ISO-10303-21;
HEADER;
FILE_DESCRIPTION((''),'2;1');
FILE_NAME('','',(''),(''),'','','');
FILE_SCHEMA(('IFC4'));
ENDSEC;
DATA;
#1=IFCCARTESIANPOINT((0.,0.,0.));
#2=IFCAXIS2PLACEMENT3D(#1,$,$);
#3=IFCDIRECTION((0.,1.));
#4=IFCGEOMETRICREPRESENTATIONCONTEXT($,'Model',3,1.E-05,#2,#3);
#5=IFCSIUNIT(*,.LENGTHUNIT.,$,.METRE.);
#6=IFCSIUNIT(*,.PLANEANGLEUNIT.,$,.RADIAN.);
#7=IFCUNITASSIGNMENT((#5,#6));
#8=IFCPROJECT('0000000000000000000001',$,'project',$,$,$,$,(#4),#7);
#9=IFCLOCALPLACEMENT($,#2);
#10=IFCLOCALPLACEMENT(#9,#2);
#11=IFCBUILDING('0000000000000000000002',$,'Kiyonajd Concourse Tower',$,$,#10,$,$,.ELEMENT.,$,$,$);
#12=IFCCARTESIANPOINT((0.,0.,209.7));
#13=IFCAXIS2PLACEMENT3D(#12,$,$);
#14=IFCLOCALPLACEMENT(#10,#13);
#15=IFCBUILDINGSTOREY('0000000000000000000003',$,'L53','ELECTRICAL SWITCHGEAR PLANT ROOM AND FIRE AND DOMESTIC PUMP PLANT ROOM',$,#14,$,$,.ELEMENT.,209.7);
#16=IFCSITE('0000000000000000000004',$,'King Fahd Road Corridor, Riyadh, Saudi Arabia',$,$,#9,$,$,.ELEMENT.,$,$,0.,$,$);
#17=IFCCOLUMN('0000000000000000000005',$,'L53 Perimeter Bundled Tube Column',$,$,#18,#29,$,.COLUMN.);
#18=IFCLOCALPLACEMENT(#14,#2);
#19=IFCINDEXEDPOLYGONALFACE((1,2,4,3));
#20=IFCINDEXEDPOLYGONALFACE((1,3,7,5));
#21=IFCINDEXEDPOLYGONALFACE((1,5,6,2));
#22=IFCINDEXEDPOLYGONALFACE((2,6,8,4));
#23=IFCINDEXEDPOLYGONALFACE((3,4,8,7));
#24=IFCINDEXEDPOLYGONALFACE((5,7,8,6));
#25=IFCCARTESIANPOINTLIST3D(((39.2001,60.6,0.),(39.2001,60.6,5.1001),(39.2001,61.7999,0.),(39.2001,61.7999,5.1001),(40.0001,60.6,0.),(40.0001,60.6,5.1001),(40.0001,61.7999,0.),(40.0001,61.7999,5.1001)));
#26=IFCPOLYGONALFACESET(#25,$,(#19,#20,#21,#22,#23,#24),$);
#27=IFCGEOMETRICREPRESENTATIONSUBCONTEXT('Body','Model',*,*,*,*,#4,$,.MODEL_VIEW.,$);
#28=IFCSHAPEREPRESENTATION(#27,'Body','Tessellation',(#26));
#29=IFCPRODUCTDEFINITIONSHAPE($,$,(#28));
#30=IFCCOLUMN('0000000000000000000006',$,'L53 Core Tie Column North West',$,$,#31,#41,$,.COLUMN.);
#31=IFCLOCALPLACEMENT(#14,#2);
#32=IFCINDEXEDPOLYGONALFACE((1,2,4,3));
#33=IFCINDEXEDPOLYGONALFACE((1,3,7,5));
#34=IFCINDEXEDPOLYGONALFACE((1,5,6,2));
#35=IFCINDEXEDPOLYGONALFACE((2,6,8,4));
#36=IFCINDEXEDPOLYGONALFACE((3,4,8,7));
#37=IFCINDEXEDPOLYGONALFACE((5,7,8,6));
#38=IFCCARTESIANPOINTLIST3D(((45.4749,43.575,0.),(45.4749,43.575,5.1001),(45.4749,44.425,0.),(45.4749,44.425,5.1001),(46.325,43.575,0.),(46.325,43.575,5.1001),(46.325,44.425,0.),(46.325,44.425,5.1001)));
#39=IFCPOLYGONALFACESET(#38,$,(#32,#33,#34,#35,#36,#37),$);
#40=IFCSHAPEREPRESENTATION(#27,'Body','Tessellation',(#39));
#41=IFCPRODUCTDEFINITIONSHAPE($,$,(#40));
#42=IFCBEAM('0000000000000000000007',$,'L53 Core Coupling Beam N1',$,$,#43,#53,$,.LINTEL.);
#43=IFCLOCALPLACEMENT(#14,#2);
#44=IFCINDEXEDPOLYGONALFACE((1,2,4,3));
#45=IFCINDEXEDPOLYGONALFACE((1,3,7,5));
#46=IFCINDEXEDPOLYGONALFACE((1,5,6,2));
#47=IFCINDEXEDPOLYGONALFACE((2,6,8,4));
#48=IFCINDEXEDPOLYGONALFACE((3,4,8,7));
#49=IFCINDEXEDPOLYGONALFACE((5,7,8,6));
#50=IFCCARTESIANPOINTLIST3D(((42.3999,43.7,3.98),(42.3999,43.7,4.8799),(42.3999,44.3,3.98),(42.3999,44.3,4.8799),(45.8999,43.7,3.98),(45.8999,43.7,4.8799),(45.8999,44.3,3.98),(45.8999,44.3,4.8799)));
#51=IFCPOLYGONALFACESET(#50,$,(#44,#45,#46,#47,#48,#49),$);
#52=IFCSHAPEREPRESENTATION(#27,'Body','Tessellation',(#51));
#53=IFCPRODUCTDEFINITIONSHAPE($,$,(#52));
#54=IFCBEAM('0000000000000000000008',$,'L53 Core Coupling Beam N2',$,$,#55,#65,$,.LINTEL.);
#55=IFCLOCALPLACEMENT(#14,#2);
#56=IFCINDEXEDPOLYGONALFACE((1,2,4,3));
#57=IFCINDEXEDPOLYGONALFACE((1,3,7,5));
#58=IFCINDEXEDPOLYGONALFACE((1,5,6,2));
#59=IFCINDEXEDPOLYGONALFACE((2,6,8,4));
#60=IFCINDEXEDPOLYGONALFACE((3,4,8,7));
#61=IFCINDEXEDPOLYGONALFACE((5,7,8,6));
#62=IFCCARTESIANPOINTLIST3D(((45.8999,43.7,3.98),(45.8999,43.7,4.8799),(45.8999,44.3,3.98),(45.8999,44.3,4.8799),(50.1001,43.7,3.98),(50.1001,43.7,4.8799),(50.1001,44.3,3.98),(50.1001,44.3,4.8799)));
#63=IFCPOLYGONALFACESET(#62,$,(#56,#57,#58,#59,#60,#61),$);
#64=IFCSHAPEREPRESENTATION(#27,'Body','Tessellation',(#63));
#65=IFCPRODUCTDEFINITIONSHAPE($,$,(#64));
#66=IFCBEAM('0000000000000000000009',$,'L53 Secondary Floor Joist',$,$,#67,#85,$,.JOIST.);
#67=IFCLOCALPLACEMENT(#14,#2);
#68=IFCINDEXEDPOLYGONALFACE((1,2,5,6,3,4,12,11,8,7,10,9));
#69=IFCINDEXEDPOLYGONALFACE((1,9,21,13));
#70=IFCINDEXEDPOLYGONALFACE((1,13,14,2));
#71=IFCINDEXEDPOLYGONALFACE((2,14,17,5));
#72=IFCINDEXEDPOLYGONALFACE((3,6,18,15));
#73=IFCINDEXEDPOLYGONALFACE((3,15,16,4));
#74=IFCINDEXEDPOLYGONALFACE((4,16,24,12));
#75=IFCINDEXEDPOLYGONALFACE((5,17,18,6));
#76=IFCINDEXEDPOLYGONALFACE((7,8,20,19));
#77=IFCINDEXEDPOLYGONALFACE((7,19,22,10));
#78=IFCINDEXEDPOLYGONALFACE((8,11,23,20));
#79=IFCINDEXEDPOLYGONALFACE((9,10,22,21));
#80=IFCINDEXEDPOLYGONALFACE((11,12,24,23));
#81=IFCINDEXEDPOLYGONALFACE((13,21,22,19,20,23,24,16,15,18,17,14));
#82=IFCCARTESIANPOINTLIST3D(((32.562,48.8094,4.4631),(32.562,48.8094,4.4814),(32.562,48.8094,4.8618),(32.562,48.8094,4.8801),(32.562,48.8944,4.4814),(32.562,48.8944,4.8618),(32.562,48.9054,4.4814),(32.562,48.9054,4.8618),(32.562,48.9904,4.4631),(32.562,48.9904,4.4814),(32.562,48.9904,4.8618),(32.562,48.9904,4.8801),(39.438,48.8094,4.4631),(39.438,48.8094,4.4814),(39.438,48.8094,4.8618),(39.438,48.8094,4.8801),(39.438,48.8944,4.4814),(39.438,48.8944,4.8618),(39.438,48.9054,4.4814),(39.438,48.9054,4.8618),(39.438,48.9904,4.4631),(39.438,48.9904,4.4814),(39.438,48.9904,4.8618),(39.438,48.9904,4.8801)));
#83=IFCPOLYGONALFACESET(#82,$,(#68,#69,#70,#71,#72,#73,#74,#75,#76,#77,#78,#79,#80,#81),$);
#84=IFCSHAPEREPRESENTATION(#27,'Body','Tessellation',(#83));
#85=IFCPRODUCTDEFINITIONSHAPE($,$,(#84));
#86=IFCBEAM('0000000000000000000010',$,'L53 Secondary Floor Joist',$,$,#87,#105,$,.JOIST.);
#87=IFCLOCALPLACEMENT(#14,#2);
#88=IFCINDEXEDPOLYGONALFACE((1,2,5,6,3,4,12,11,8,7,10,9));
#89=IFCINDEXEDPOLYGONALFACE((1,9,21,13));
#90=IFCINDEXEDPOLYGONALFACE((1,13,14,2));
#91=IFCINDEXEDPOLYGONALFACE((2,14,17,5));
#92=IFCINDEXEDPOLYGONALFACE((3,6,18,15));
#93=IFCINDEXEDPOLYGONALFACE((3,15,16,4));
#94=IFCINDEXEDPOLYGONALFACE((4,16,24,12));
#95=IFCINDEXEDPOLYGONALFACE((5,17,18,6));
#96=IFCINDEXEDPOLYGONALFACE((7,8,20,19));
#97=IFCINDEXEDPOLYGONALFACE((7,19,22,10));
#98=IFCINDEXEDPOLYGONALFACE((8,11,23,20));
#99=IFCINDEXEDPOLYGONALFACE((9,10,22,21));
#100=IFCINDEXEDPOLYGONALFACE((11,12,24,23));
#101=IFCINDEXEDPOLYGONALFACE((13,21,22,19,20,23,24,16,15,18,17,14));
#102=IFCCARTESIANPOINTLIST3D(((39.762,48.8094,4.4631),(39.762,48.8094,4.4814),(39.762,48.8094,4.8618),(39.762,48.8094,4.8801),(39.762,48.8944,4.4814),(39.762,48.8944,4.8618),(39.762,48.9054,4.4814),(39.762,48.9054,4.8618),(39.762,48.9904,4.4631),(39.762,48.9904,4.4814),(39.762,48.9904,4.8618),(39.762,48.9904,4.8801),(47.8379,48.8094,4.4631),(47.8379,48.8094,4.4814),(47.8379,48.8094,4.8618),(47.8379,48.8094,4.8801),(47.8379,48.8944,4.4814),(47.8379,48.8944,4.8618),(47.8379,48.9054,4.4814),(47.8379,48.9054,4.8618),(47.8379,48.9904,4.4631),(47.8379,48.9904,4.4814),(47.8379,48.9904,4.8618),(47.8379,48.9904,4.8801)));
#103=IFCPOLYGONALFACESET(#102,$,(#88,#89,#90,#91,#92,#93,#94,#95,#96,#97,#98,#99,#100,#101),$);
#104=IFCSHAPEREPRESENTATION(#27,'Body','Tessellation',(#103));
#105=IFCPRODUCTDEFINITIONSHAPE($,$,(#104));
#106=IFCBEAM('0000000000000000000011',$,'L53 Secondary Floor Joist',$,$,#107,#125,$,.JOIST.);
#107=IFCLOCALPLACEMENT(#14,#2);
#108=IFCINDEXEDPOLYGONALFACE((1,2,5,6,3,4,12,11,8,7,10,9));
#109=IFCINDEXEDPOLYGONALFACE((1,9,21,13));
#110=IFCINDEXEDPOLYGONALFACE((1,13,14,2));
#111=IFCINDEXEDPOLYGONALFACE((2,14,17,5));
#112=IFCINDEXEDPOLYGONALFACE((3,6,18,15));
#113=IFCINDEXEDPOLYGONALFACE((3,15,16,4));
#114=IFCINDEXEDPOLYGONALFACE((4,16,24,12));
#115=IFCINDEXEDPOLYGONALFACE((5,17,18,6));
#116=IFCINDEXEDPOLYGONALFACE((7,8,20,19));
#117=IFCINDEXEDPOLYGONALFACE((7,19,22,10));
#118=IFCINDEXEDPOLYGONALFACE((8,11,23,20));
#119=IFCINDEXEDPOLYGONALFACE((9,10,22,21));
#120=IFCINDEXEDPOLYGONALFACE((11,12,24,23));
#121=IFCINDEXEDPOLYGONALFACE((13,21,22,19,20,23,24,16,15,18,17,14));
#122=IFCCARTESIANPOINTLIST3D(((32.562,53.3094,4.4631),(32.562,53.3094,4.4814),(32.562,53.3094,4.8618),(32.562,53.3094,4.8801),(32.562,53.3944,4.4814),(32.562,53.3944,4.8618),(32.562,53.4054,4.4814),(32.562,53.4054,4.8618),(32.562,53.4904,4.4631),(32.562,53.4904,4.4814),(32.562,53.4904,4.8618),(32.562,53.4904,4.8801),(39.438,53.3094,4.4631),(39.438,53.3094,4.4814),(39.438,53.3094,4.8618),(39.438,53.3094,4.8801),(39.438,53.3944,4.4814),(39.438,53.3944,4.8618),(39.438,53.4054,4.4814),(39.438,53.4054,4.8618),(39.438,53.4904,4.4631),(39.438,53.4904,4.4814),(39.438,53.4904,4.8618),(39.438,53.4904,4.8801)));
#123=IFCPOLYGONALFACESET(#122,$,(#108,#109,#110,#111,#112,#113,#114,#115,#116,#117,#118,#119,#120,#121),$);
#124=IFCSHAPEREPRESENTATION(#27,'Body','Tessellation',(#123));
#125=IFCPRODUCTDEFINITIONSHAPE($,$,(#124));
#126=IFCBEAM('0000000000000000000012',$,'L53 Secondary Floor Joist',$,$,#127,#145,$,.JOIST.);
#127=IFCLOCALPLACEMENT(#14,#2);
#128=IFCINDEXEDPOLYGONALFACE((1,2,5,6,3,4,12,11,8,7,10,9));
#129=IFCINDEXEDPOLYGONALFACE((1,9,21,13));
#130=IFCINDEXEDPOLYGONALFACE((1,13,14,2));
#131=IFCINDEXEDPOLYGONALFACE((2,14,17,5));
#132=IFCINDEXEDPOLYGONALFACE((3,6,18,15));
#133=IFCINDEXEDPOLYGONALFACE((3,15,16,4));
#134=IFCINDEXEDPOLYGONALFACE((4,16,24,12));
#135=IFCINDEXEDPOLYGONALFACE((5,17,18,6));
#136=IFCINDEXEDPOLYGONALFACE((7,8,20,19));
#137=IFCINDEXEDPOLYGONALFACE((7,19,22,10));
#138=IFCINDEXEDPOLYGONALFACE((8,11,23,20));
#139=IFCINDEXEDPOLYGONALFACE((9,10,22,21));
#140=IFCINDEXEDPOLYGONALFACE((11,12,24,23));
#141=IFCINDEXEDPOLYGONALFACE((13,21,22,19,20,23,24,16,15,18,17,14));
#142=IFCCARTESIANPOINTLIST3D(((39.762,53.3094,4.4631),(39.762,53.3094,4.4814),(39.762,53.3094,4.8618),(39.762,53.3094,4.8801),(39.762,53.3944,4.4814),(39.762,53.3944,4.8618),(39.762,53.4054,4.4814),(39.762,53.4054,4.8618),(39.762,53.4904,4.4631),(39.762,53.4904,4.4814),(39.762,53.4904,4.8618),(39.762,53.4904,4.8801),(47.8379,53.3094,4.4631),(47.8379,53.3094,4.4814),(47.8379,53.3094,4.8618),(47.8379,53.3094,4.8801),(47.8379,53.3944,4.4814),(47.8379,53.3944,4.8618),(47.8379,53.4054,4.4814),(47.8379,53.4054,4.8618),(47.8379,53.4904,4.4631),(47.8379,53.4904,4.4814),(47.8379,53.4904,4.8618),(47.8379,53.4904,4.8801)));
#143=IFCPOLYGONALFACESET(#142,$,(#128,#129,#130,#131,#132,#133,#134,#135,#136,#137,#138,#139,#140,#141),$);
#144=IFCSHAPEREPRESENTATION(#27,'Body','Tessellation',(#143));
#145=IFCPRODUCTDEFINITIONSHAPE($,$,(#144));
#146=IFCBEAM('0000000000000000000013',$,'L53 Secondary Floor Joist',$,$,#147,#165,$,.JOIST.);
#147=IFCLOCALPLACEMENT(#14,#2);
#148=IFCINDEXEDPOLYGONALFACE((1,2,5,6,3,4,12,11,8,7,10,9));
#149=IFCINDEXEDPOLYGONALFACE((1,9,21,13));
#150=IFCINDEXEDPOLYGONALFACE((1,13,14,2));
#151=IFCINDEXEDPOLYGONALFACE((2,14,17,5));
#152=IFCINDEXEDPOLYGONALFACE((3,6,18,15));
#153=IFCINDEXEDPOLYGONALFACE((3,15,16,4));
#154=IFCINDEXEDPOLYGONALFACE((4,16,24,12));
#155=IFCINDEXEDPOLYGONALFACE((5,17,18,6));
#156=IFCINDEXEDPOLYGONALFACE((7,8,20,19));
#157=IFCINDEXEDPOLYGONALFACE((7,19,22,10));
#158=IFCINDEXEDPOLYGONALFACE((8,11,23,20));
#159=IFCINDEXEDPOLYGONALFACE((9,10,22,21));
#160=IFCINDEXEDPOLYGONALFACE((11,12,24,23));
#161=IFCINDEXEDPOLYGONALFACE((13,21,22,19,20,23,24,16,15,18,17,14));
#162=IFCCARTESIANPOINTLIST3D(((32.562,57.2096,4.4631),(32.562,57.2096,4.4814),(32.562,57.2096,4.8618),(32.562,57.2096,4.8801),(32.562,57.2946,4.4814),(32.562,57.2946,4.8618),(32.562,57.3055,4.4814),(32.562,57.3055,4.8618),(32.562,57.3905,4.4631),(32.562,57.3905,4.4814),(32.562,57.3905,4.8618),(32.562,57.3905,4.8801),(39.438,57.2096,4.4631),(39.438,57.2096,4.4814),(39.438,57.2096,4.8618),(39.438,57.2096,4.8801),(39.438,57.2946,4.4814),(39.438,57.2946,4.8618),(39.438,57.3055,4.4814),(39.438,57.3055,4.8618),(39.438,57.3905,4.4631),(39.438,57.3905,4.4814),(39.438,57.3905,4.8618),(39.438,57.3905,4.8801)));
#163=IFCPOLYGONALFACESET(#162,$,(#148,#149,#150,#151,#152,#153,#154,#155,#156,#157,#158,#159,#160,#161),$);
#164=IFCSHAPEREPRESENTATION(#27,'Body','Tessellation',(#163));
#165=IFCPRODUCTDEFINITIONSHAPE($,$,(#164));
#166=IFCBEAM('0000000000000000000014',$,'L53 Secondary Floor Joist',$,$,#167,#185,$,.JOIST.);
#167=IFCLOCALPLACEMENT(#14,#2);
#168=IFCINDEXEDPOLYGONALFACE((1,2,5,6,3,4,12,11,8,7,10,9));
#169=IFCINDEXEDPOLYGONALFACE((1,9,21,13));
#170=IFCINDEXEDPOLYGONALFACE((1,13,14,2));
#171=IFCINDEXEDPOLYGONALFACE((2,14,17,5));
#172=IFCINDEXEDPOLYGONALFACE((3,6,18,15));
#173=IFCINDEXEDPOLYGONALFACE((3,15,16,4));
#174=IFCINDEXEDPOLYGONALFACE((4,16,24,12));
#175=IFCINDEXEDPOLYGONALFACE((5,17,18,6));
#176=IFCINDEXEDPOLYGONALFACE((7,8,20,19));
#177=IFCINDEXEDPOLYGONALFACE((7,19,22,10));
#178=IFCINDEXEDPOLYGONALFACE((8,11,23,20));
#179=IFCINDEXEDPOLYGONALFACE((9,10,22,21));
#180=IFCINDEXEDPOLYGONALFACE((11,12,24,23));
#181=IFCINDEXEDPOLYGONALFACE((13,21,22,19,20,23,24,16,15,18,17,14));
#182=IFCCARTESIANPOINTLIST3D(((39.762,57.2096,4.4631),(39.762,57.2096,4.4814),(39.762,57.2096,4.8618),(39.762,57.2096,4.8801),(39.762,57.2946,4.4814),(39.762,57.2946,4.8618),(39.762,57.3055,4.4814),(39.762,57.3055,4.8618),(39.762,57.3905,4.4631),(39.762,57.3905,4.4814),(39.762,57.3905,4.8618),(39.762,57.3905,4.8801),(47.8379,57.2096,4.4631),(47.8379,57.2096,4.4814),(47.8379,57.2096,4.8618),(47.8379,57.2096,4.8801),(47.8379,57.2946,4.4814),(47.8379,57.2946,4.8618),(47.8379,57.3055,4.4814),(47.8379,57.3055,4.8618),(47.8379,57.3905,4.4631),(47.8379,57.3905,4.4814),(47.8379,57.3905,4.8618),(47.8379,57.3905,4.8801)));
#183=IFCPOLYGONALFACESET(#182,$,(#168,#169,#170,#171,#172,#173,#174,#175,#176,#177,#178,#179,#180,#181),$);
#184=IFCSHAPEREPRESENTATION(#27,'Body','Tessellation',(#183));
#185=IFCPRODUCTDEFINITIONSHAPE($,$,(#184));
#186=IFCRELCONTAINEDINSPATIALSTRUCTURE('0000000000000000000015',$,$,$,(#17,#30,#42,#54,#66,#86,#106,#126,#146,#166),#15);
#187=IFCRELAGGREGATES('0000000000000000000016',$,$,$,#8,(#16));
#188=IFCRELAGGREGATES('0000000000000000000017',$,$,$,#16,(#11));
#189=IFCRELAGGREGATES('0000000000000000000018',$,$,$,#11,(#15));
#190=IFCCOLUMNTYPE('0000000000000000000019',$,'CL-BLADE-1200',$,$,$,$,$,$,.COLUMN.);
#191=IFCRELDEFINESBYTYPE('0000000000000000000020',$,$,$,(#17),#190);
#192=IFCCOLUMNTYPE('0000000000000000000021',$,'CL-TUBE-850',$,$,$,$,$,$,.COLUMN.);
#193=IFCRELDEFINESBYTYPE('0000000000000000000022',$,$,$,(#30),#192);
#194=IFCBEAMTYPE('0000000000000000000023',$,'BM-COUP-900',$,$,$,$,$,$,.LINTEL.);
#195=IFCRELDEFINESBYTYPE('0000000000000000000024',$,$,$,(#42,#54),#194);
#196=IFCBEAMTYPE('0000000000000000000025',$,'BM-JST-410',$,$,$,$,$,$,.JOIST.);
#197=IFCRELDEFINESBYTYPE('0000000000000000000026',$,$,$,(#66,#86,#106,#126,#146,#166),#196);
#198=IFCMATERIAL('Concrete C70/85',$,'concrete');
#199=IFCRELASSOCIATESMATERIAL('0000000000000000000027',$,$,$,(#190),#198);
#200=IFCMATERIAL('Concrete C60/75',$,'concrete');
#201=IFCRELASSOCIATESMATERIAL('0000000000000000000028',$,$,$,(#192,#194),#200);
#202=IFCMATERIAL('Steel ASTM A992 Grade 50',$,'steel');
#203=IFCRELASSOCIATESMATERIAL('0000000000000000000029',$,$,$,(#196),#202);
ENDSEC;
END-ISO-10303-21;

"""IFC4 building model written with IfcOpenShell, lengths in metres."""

from ifc_helpers import new_model, si_unit, direction, frame, origin, origin_2d, place, context, subcontext, project, spatial, rectangle, i_section, extrude, material, material_profile, profile_set, type_object, element, save


model = new_model("IFC4")

# Units and contexts
model_context = context("Model", 3, precision=1e-05, world=origin(), true_north=direction((0.0, 1.0)))
body_context = subcontext(model_context, "Body", "Model", "MODEL_VIEW")
ifc_project = project(units=[si_unit("LENGTHUNIT", "METRE"), si_unit("PLANEANGLEUNIT", "RADIAN")], contexts=[model_context])

# Site, building, storey
site_placement = place(None, origin())
site = spatial("IfcSite", under=ifc_project, at=site_placement, Name="King Fahd Road Corridor, Riyadh, Saudi Arabia", CompositionType="ELEMENT", RefElevation=0.0)
building_placement = place(site_placement, origin())
building = spatial("IfcBuilding", under=site, at=building_placement, Name="Kiyonajd Concourse Tower", CompositionType="ELEMENT")
storey_placement = place(building_placement, frame((0.0, 0.0, 209.7)))
storey = spatial("IfcBuildingStorey", under=building, at=storey_placement, Name="L53", Description="ELECTRICAL SWITCHGEAR PLANT ROOM AND FIRE AND DOMESTIC PUMP PLANT ROOM", CompositionType="ELEMENT", Elevation=209.7)

# Columns
ifc_material_1 = material(Name="Concrete C70/85", Category="concrete")
ifc_material_profile_1 = material_profile(ifc_material_1, rectangle(XDim=0.8, YDim=1.2, at=origin_2d()), Name="RC-1200x800")
ifc_profile_set_1 = profile_set([ifc_material_profile_1], Name="Concrete C70/85")
column_type_1 = type_object("IfcColumnType", Name="CL-BLADE-1200", PredefinedType="COLUMN", material=ifc_profile_set_1)
column_1_placement = place(storey_placement, frame((39.6001, 61.2, 0.0), z_axis=(0.0, 0.0, 1.0), x_axis=(1.0, 0.0, 0.0)))
element("IfcColumn", 1, at=column_1_placement, inside=storey, type_object=column_type_1, Name="L53 Perimeter Bundled Tube Column", PredefinedType="COLUMN", context=body_context, shape_type="SweptSolid", body=[
    extrude(rectangle(XDim=0.8, YDim=1.2, at=origin_2d()), origin(), (0.0, 0.0, 1.0), 5.1001),
])
ifc_material_2 = material(Name="Concrete C60/75", Category="concrete")
ifc_material_profile_2 = material_profile(ifc_material_2, rectangle(XDim=0.8501, YDim=0.8501, at=origin_2d()), Name="RC-850x850")
ifc_profile_set_2 = profile_set([ifc_material_profile_2], Name="Concrete C60/75")
column_type_2 = type_object("IfcColumnType", Name="CL-TUBE-850", PredefinedType="COLUMN", material=ifc_profile_set_2)
column_2_placement = place(storey_placement, frame((45.8999, 44.0, 0.0), z_axis=(0.0, 0.0, 1.0), x_axis=(1.0, 0.0, 0.0)))
element("IfcColumn", 2, at=column_2_placement, inside=storey, type_object=column_type_2, Name="L53 Core Tie Column North West", PredefinedType="COLUMN", context=body_context, shape_type="SweptSolid", body=[
    extrude(rectangle(XDim=0.8501, YDim=0.8501, at=origin_2d()), origin(), (0.0, 0.0, 1.0), 5.1001),
])

# Beams
ifc_material_profile_3 = material_profile(ifc_material_2, rectangle(XDim=0.6001, YDim=0.8999, at=origin_2d()), Name="RCBM-600x900")
ifc_profile_set_3 = profile_set([ifc_material_profile_3], Name="Concrete C60/75")
beam_type_1 = type_object("IfcBeamType", Name="BM-COUP-900", PredefinedType="LINTEL", material=ifc_profile_set_3)
beam_1_placement = place(storey_placement, frame((42.3999, 44.0, 4.4299), z_axis=(1.0, 0.0, 0.0), x_axis=(0.0, 1.0, 0.0)))
element("IfcBeam", 3, at=beam_1_placement, inside=storey, type_object=beam_type_1, Name="L53 Core Coupling Beam N1", PredefinedType="LINTEL", context=body_context, shape_type="SweptSolid", body=[
    extrude(rectangle(XDim=0.6001, YDim=0.8999, at=origin_2d()), origin(), (0.0, 0.0, 1.0), 3.5),
])
beam_2_placement = place(storey_placement, frame((45.8999, 44.0, 4.4299), z_axis=(1.0, 0.0, 0.0), x_axis=(0.0, 1.0, 0.0)))
element("IfcBeam", 4, at=beam_2_placement, inside=storey, type_object=beam_type_1, Name="L53 Core Coupling Beam N2", PredefinedType="LINTEL", context=body_context, shape_type="SweptSolid", body=[
    extrude(rectangle(XDim=0.6001, YDim=0.8999, at=origin_2d()), origin(), (0.0, 0.0, 1.0), 4.2002),
])
ifc_material_3 = material(Name="Steel ASTM A992 Grade 50", Category="steel")
ifc_material_profile_4 = material_profile(ifc_material_3, i_section(OverallWidth=0.1809, OverallDepth=0.417, WebThickness=0.011, FlangeThickness=0.0183, at=origin_2d()), Name="W410X85")
ifc_profile_set_4 = profile_set([ifc_material_profile_4], Name="Steel ASTM A992 Grade 50")
beam_type_2 = type_object("IfcBeamType", Name="BM-JST-410", PredefinedType="JOIST", material=ifc_profile_set_4)
beam_3_placement = place(storey_placement, frame((32.562, 48.8999, 4.6716), z_axis=(1.0, 0.0, 0.0), x_axis=(0.0, 1.0, 0.0)))
element("IfcBeam", 5, at=beam_3_placement, inside=storey, type_object=beam_type_2, Name="L53 Secondary Floor Joist", PredefinedType="JOIST", context=body_context, shape_type="SweptSolid", body=[
    extrude(i_section(OverallWidth=0.1809, OverallDepth=0.417, WebThickness=0.011, FlangeThickness=0.0183, at=origin_2d()), origin(), (0.0, 0.0, 1.0), 6.876),
])
beam_4_placement = place(storey_placement, frame((39.762, 48.8999, 4.6716), z_axis=(1.0, 0.0, 0.0), x_axis=(0.0, 1.0, 0.0)))
element("IfcBeam", 6, at=beam_4_placement, inside=storey, type_object=beam_type_2, Name="L53 Secondary Floor Joist", PredefinedType="JOIST", context=body_context, shape_type="SweptSolid", body=[
    extrude(i_section(OverallWidth=0.1809, OverallDepth=0.417, WebThickness=0.011, FlangeThickness=0.0183, at=origin_2d()), origin(), (0.0, 0.0, 1.0), 8.0759),
])
beam_5_placement = place(storey_placement, frame((32.562, 53.3999, 4.6716), z_axis=(1.0, 0.0, 0.0), x_axis=(0.0, 1.0, 0.0)))
element("IfcBeam", 7, at=beam_5_placement, inside=storey, type_object=beam_type_2, Name="L53 Secondary Floor Joist", PredefinedType="JOIST", context=body_context, shape_type="SweptSolid", body=[
    extrude(i_section(OverallWidth=0.1809, OverallDepth=0.417, WebThickness=0.011, FlangeThickness=0.0183, at=origin_2d()), origin(), (0.0, 0.0, 1.0), 6.876),
])
beam_6_placement = place(storey_placement, frame((39.762, 53.3999, 4.6716), z_axis=(1.0, 0.0, 0.0), x_axis=(0.0, 1.0, 0.0)))
element("IfcBeam", 8, at=beam_6_placement, inside=storey, type_object=beam_type_2, Name="L53 Secondary Floor Joist", PredefinedType="JOIST", context=body_context, shape_type="SweptSolid", body=[
    extrude(i_section(OverallWidth=0.1809, OverallDepth=0.417, WebThickness=0.011, FlangeThickness=0.0183, at=origin_2d()), origin(), (0.0, 0.0, 1.0), 8.0759),
])
beam_7_placement = place(storey_placement, frame((32.562, 57.3, 4.6716), z_axis=(1.0, 0.0, 0.0), x_axis=(0.0, 1.0, 0.0)))
element("IfcBeam", 9, at=beam_7_placement, inside=storey, type_object=beam_type_2, Name="L53 Secondary Floor Joist", PredefinedType="JOIST", context=body_context, shape_type="SweptSolid", body=[
    extrude(i_section(OverallWidth=0.1809, OverallDepth=0.417, WebThickness=0.011, FlangeThickness=0.0183, at=origin_2d()), origin(), (0.0, 0.0, 1.0), 6.876),
])
beam_8_placement = place(storey_placement, frame((39.762, 57.3, 4.6716), z_axis=(1.0, 0.0, 0.0), x_axis=(0.0, 1.0, 0.0)))
element("IfcBeam", 10, at=beam_8_placement, inside=storey, type_object=beam_type_2, Name="L53 Secondary Floor Joist", PredefinedType="JOIST", context=body_context, shape_type="SweptSolid", body=[
    extrude(i_section(OverallWidth=0.1809, OverallDepth=0.417, WebThickness=0.011, FlangeThickness=0.0183, at=origin_2d()), origin(), (0.0, 0.0, 1.0), 8.0759),
])

save(model, "model.ifc")
